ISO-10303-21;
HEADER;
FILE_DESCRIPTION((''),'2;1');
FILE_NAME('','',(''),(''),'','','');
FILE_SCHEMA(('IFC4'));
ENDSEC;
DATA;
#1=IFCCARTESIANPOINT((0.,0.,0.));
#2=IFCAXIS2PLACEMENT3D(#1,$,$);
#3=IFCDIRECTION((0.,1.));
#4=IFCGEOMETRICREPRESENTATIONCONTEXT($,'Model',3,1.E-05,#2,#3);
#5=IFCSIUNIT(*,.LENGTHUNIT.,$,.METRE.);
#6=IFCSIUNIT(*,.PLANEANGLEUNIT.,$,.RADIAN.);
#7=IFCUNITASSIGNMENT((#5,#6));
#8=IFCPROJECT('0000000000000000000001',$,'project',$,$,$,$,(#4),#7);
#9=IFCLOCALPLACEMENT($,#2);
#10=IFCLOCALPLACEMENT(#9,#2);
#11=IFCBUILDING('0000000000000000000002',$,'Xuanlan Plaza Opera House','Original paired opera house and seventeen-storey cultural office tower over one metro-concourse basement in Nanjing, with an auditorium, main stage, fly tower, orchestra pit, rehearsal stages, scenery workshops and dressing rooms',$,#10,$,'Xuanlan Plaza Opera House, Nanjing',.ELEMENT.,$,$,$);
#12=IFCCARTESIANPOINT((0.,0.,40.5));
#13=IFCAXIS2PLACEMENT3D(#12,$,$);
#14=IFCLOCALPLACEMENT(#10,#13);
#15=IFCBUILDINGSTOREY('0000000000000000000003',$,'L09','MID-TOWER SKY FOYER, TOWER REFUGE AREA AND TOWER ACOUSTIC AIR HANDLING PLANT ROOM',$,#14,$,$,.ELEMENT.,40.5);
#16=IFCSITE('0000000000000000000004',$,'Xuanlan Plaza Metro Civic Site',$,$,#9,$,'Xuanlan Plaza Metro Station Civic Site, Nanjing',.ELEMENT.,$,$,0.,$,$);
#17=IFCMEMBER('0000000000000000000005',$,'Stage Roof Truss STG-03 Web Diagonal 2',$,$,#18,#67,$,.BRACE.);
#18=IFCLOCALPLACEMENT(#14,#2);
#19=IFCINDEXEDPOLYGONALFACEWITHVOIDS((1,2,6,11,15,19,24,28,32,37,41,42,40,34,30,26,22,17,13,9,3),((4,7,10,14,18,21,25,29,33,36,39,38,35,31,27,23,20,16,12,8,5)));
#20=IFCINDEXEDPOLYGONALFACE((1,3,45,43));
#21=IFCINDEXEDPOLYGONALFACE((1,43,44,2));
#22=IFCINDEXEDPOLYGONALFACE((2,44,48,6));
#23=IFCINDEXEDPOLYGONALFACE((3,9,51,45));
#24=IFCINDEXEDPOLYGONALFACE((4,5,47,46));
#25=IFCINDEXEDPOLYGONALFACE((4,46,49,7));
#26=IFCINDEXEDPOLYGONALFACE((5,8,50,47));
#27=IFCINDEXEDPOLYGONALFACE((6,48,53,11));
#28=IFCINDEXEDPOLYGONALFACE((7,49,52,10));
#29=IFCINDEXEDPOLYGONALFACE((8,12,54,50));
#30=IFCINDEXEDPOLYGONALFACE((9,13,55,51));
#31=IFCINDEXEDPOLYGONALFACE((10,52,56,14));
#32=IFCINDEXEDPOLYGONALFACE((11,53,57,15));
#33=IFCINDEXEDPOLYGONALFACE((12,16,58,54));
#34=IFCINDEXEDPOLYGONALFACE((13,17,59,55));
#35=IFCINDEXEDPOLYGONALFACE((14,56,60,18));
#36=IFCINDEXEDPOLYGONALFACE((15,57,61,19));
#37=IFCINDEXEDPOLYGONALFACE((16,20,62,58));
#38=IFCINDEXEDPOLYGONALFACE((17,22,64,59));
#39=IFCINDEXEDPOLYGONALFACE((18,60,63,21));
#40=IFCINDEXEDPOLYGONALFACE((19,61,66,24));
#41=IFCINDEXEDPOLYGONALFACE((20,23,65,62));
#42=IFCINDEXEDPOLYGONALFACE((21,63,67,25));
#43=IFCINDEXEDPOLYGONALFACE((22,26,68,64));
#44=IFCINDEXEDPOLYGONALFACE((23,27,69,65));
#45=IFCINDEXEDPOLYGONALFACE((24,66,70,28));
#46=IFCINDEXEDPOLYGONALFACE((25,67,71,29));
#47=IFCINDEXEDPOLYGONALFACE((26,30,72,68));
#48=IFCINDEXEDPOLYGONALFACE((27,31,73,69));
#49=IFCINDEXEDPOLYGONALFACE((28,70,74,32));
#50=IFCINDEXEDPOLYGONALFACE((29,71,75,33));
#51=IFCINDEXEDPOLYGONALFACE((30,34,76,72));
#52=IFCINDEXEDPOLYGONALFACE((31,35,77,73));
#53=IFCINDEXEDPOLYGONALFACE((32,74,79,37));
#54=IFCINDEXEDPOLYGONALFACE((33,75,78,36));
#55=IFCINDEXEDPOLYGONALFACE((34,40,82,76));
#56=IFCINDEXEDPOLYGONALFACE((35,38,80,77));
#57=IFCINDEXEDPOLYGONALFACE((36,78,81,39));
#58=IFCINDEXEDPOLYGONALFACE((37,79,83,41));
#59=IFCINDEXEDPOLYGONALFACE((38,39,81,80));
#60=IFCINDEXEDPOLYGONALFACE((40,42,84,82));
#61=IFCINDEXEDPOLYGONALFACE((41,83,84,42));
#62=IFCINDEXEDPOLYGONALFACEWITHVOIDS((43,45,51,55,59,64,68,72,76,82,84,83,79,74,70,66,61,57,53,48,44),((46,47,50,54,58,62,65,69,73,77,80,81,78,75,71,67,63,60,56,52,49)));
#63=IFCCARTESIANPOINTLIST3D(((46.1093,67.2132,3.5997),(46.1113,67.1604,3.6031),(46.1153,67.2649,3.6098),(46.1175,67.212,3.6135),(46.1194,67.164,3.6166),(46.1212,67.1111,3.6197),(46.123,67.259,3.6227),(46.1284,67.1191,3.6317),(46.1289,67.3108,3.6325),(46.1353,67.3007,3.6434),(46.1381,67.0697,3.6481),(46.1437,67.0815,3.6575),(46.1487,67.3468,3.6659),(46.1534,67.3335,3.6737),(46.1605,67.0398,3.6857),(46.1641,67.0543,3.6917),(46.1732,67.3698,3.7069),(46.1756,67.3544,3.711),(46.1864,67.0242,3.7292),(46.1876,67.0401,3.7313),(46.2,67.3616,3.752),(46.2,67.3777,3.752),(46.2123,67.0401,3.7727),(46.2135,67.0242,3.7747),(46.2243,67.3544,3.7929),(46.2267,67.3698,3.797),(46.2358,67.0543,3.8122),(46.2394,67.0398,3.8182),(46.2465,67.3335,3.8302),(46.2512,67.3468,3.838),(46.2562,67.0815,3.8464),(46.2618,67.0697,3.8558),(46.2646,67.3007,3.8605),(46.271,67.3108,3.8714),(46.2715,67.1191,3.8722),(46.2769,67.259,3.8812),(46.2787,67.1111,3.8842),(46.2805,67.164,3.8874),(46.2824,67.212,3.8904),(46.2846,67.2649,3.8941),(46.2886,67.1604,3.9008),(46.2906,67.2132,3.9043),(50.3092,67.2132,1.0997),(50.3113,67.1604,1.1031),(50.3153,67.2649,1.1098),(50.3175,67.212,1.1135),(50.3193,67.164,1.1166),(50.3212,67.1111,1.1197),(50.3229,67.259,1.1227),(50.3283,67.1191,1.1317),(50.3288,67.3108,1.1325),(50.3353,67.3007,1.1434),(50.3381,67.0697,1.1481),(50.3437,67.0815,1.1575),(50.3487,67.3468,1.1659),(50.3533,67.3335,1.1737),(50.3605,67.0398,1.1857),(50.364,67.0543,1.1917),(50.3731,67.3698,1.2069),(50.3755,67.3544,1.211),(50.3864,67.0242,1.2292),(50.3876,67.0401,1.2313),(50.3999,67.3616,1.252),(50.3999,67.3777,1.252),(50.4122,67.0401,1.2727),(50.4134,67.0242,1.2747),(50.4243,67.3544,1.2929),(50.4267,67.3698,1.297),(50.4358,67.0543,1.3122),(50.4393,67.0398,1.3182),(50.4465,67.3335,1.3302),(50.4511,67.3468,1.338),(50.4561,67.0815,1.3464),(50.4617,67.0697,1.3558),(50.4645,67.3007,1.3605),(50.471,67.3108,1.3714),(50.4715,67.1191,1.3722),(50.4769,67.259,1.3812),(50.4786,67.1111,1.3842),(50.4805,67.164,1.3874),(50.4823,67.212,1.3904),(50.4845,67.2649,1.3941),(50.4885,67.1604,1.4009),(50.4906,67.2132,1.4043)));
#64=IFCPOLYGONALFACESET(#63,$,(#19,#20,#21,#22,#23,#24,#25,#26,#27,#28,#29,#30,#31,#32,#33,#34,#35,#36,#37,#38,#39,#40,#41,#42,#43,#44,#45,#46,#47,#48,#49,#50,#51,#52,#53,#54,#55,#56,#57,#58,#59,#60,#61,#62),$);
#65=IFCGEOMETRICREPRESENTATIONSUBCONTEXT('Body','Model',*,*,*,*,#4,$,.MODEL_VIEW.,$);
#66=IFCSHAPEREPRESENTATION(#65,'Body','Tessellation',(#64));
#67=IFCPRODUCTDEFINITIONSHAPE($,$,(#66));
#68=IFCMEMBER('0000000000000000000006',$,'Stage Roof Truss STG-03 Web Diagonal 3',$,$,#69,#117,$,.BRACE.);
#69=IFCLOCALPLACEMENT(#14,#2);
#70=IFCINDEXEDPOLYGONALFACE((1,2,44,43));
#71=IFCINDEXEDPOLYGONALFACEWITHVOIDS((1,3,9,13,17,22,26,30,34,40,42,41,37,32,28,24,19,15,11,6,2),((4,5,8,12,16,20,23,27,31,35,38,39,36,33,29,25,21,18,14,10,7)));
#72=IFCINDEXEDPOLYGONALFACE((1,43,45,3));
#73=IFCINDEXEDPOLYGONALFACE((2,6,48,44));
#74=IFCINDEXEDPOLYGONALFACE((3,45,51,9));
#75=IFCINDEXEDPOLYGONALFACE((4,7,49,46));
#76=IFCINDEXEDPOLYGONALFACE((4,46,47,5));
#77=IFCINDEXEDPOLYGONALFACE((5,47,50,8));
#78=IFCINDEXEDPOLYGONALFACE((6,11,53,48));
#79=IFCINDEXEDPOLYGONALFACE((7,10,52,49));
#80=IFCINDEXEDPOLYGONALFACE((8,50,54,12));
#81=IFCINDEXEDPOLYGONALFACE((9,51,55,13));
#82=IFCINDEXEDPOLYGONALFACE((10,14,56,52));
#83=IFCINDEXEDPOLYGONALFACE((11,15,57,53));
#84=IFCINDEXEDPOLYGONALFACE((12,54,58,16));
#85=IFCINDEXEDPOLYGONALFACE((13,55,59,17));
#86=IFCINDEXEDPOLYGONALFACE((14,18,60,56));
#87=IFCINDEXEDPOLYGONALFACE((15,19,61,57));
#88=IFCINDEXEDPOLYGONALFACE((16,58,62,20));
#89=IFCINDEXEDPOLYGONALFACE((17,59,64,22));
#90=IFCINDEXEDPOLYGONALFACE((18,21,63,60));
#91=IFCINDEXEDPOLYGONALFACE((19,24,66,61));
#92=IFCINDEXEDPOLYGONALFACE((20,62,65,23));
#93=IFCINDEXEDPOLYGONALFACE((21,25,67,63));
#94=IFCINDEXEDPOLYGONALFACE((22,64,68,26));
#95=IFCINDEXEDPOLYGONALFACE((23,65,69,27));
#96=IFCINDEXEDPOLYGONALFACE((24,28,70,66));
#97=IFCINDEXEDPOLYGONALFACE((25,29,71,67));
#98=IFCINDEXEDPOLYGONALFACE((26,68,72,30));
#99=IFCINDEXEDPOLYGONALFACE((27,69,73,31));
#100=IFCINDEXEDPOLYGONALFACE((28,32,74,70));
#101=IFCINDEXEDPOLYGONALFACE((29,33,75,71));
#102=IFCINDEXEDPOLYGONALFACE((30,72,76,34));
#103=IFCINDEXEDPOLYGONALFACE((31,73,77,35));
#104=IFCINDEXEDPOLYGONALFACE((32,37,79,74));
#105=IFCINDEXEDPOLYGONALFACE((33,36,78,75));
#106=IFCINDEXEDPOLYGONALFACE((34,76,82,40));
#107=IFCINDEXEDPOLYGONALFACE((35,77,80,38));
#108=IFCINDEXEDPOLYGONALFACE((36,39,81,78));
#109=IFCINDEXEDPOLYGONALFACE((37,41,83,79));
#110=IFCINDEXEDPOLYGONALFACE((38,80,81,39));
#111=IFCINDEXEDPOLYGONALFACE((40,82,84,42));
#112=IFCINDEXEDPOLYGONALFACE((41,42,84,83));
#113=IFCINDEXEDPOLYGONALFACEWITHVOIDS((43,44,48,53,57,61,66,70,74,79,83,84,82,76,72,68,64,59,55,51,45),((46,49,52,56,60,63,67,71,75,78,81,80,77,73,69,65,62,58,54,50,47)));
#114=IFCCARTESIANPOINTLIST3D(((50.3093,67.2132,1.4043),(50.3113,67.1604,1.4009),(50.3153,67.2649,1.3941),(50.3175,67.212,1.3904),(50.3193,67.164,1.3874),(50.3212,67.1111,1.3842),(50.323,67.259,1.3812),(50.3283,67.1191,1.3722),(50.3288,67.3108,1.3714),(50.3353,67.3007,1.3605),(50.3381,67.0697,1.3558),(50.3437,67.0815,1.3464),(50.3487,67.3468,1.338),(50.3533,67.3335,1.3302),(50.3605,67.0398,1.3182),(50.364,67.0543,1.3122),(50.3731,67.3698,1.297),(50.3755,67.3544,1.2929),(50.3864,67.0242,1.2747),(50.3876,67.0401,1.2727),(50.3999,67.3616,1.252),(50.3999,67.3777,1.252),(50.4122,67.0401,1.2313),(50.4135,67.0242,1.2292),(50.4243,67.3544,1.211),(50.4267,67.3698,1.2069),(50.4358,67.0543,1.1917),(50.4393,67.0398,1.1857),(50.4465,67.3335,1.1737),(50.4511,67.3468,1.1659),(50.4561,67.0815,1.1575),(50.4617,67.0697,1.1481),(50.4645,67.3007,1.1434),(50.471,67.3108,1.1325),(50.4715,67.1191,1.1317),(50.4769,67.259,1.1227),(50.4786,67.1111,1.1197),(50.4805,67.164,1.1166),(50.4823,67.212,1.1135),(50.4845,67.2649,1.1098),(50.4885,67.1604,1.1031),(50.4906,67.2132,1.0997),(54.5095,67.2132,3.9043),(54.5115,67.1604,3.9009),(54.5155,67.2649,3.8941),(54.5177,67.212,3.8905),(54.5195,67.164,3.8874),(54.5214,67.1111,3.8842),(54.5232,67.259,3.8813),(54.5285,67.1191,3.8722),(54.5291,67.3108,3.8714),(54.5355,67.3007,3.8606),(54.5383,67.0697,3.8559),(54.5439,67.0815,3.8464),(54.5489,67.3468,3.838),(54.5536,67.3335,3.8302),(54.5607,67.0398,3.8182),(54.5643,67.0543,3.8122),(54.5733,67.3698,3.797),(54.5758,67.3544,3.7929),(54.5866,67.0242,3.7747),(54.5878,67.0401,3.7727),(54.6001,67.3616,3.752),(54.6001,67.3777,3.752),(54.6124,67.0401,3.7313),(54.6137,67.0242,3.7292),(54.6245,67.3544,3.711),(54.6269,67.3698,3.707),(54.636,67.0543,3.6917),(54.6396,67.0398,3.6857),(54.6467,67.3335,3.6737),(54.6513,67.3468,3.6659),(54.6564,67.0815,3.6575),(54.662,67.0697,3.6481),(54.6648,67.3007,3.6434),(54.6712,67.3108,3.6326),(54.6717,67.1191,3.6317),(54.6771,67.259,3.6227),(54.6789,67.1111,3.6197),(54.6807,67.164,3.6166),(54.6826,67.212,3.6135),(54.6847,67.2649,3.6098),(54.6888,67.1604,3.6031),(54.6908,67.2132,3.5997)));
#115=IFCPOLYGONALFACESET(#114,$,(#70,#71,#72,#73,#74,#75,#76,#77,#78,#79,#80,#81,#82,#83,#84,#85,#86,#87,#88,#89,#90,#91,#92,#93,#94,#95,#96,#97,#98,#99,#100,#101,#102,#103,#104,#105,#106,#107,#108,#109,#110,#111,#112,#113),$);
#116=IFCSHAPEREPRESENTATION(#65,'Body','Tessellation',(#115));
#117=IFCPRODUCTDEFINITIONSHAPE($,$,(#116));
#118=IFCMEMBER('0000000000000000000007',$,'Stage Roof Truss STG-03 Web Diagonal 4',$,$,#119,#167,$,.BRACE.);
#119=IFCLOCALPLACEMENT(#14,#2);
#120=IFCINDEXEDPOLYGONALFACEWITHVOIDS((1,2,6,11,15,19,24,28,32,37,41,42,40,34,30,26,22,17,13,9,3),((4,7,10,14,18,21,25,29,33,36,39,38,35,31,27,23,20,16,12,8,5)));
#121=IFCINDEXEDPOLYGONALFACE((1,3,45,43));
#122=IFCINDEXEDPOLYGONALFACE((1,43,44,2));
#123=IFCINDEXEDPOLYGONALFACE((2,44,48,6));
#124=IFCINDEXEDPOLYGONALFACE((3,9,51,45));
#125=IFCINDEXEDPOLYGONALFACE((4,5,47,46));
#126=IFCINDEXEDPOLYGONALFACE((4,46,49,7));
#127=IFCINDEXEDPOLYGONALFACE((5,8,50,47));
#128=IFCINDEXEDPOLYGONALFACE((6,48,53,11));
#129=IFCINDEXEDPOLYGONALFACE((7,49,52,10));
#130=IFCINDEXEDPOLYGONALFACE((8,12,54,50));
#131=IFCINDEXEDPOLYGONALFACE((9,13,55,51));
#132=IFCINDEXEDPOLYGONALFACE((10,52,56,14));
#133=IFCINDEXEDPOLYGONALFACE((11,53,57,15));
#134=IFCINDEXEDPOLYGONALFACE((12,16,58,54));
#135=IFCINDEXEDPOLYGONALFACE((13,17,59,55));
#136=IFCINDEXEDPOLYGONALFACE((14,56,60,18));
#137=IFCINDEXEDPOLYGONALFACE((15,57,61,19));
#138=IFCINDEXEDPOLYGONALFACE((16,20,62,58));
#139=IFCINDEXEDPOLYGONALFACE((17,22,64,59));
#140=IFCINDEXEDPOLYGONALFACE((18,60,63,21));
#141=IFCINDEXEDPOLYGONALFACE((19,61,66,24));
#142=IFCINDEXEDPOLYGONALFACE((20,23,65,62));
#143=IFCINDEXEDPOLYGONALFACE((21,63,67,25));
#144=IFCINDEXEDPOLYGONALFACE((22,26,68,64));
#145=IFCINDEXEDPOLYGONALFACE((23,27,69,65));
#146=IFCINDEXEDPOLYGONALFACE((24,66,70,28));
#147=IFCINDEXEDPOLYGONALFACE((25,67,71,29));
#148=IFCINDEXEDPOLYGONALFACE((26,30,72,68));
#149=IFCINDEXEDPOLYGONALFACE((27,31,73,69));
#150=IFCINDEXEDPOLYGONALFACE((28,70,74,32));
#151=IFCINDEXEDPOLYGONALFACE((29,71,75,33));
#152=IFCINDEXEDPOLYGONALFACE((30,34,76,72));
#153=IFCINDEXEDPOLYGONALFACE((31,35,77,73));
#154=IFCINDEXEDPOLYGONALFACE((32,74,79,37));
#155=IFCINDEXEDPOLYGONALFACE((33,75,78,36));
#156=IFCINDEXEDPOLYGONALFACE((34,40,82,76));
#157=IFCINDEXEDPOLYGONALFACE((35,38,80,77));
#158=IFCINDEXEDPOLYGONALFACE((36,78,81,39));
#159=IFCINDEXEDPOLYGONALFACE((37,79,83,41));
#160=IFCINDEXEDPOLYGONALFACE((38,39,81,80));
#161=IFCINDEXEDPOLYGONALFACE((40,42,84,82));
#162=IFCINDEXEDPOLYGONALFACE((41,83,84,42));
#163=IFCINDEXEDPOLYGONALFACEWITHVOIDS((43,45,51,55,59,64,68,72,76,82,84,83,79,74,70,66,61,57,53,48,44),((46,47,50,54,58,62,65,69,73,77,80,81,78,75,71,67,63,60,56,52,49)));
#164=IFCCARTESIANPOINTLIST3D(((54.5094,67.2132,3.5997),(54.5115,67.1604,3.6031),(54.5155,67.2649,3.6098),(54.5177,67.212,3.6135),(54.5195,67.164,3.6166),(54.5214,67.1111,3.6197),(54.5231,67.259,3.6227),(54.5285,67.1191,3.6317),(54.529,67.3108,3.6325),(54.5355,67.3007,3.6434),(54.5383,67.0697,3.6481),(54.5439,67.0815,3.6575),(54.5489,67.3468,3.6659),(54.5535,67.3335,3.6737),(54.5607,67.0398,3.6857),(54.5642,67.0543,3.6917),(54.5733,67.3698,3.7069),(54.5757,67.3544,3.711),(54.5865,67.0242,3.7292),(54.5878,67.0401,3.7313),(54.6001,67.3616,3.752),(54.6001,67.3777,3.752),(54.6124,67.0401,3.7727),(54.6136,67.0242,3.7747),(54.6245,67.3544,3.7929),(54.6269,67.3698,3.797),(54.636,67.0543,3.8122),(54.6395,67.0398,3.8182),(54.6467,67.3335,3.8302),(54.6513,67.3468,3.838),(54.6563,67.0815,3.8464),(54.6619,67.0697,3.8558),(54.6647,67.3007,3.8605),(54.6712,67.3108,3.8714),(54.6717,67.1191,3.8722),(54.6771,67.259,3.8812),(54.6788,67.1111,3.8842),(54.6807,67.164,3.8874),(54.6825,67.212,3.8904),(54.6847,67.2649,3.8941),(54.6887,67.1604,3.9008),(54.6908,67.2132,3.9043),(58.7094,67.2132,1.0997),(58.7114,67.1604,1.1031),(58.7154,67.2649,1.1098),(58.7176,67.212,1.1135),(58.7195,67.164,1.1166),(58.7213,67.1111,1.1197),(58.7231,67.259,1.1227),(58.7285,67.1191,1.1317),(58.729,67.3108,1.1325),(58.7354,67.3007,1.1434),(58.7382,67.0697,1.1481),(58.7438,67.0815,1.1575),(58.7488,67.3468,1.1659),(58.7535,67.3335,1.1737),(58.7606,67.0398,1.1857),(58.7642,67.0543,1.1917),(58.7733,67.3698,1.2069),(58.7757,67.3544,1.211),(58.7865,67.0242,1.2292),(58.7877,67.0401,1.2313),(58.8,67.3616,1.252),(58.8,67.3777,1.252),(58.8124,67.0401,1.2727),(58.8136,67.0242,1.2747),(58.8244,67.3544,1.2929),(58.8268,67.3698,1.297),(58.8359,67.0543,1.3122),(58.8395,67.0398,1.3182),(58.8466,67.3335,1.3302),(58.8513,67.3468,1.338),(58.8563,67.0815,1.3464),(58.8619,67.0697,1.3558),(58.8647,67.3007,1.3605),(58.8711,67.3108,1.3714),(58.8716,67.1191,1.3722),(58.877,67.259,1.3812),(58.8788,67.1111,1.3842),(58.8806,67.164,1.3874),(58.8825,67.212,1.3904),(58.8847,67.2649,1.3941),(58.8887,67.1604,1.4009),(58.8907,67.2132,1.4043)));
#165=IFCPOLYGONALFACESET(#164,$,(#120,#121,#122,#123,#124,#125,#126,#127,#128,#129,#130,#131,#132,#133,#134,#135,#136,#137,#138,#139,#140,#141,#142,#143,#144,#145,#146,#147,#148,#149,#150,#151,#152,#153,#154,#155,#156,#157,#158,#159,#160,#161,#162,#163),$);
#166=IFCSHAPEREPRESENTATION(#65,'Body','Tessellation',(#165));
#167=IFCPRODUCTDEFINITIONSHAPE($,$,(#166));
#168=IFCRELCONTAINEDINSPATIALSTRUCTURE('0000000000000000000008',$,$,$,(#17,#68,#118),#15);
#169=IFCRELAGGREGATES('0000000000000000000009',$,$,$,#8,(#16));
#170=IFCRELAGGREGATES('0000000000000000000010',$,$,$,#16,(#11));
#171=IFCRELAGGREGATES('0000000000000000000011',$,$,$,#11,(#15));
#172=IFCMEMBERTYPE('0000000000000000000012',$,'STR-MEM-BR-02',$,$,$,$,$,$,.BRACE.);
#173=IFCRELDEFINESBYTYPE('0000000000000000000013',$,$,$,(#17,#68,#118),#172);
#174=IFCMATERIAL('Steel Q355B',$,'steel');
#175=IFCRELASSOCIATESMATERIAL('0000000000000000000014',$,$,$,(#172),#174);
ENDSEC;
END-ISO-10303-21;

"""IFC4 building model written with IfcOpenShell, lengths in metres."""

from ifc_helpers import new_model, si_unit, direction, frame, origin, origin_2d, place, context, subcontext, project, spatial, hollow_circle, extrude, material, material_profile, profile_set, type_object, element, save


model = new_model("IFC4")

# Units and contexts
model_context = context("Model", 3, precision=1e-05, world=origin(), true_north=direction((0.0, 1.0)))
body_context = subcontext(model_context, "Body", "Model", "MODEL_VIEW")
ifc_project = project(units=[si_unit("LENGTHUNIT", "METRE"), si_unit("PLANEANGLEUNIT", "RADIAN")], contexts=[model_context])

# Site, building, storey
site_placement = place(None, origin())
site = spatial("IfcSite", under=ifc_project, at=site_placement, Name="Xuanlan Plaza Metro Civic Site", LongName="Xuanlan Plaza Metro Station Civic Site, Nanjing", CompositionType="ELEMENT", RefElevation=0.0)
building_placement = place(site_placement, origin())
building = spatial("IfcBuilding", under=site, at=building_placement, Name="Xuanlan Plaza Opera House", Description="Original paired opera house and seventeen-storey cultural office tower over one metro-concourse basement in Nanjing, with an auditorium, main stage, fly tower, orchestra pit, rehearsal stages, scenery workshops and dressing rooms", LongName="Xuanlan Plaza Opera House, Nanjing", CompositionType="ELEMENT")
storey_placement = place(building_placement, frame((0.0, 0.0, 40.5)))
storey = spatial("IfcBuildingStorey", under=building, at=storey_placement, Name="L09", Description="MID-TOWER SKY FOYER, TOWER REFUGE AREA AND TOWER ACOUSTIC AIR HANDLING PLANT ROOM", CompositionType="ELEMENT", Elevation=40.5)

# Members
ifc_material_1 = material(Name="Steel Q355B", Category="steel")
ifc_material_profile_1 = material_profile(ifc_material_1, hollow_circle(Radius=0.1777, WallThickness=0.0161, at=origin_2d()), Name="CHS 355.6x16")
ifc_profile_set_1 = profile_set([ifc_material_profile_1], Name="Steel Q355B")
member_type_1 = type_object("IfcMemberType", Name="STR-MEM-BR-02", PredefinedType="BRACE", material=ifc_profile_set_1)
for number, where, z_axis, x_axis, name in (
    (1, (46.2, 67.2, 3.752), (0.85929, 0.0, -0.511488), (0.0, 1.0, 0.0), "Stage Roof Truss STG-03 Web Diagonal 2"),
):
    element("IfcMember", number, at=place(storey_placement, frame(where, z_axis=z_axis, x_axis=x_axis)), inside=storey, type_object=member_type_1, Name=name, PredefinedType="BRACE", context=body_context, shape_type="SweptSolid", body=[
        extrude(hollow_circle(Radius=0.1777, WallThickness=0.0161, at=origin_2d()), origin(), (0.0, 0.0, 1.0), 4.8877),
    ])
member_1_placement = place(storey_placement, frame((50.3999, 67.2, 1.252), z_axis=(0.859303, 0.0, 0.511466), x_axis=(0.0, 1.0, 0.0)))
element("IfcMember", 2, at=member_1_placement, inside=storey, type_object=member_type_1, Name="Stage Roof Truss STG-03 Web Diagonal 3", PredefinedType="BRACE", context=body_context, shape_type="SweptSolid", body=[
    extrude(hollow_circle(Radius=0.1777, WallThickness=0.0161, at=origin_2d()), origin(), (0.0, 0.0, 1.0), 4.8879),
])
for number, where, z_axis, x_axis, name in (
    (3, (54.6001, 67.2, 3.752), (0.85929, 0.0, -0.511488), (0.0, 1.0, 0.0), "Stage Roof Truss STG-03 Web Diagonal 4"),
):
    element("IfcMember", number, at=place(storey_placement, frame(where, z_axis=z_axis, x_axis=x_axis)), inside=storey, type_object=member_type_1, Name=name, PredefinedType="BRACE", context=body_context, shape_type="SweptSolid", body=[
        extrude(hollow_circle(Radius=0.1777, WallThickness=0.0161, at=origin_2d()), origin(), (0.0, 0.0, 1.0), 4.8877),
    ])

save(model, "model.ifc")
